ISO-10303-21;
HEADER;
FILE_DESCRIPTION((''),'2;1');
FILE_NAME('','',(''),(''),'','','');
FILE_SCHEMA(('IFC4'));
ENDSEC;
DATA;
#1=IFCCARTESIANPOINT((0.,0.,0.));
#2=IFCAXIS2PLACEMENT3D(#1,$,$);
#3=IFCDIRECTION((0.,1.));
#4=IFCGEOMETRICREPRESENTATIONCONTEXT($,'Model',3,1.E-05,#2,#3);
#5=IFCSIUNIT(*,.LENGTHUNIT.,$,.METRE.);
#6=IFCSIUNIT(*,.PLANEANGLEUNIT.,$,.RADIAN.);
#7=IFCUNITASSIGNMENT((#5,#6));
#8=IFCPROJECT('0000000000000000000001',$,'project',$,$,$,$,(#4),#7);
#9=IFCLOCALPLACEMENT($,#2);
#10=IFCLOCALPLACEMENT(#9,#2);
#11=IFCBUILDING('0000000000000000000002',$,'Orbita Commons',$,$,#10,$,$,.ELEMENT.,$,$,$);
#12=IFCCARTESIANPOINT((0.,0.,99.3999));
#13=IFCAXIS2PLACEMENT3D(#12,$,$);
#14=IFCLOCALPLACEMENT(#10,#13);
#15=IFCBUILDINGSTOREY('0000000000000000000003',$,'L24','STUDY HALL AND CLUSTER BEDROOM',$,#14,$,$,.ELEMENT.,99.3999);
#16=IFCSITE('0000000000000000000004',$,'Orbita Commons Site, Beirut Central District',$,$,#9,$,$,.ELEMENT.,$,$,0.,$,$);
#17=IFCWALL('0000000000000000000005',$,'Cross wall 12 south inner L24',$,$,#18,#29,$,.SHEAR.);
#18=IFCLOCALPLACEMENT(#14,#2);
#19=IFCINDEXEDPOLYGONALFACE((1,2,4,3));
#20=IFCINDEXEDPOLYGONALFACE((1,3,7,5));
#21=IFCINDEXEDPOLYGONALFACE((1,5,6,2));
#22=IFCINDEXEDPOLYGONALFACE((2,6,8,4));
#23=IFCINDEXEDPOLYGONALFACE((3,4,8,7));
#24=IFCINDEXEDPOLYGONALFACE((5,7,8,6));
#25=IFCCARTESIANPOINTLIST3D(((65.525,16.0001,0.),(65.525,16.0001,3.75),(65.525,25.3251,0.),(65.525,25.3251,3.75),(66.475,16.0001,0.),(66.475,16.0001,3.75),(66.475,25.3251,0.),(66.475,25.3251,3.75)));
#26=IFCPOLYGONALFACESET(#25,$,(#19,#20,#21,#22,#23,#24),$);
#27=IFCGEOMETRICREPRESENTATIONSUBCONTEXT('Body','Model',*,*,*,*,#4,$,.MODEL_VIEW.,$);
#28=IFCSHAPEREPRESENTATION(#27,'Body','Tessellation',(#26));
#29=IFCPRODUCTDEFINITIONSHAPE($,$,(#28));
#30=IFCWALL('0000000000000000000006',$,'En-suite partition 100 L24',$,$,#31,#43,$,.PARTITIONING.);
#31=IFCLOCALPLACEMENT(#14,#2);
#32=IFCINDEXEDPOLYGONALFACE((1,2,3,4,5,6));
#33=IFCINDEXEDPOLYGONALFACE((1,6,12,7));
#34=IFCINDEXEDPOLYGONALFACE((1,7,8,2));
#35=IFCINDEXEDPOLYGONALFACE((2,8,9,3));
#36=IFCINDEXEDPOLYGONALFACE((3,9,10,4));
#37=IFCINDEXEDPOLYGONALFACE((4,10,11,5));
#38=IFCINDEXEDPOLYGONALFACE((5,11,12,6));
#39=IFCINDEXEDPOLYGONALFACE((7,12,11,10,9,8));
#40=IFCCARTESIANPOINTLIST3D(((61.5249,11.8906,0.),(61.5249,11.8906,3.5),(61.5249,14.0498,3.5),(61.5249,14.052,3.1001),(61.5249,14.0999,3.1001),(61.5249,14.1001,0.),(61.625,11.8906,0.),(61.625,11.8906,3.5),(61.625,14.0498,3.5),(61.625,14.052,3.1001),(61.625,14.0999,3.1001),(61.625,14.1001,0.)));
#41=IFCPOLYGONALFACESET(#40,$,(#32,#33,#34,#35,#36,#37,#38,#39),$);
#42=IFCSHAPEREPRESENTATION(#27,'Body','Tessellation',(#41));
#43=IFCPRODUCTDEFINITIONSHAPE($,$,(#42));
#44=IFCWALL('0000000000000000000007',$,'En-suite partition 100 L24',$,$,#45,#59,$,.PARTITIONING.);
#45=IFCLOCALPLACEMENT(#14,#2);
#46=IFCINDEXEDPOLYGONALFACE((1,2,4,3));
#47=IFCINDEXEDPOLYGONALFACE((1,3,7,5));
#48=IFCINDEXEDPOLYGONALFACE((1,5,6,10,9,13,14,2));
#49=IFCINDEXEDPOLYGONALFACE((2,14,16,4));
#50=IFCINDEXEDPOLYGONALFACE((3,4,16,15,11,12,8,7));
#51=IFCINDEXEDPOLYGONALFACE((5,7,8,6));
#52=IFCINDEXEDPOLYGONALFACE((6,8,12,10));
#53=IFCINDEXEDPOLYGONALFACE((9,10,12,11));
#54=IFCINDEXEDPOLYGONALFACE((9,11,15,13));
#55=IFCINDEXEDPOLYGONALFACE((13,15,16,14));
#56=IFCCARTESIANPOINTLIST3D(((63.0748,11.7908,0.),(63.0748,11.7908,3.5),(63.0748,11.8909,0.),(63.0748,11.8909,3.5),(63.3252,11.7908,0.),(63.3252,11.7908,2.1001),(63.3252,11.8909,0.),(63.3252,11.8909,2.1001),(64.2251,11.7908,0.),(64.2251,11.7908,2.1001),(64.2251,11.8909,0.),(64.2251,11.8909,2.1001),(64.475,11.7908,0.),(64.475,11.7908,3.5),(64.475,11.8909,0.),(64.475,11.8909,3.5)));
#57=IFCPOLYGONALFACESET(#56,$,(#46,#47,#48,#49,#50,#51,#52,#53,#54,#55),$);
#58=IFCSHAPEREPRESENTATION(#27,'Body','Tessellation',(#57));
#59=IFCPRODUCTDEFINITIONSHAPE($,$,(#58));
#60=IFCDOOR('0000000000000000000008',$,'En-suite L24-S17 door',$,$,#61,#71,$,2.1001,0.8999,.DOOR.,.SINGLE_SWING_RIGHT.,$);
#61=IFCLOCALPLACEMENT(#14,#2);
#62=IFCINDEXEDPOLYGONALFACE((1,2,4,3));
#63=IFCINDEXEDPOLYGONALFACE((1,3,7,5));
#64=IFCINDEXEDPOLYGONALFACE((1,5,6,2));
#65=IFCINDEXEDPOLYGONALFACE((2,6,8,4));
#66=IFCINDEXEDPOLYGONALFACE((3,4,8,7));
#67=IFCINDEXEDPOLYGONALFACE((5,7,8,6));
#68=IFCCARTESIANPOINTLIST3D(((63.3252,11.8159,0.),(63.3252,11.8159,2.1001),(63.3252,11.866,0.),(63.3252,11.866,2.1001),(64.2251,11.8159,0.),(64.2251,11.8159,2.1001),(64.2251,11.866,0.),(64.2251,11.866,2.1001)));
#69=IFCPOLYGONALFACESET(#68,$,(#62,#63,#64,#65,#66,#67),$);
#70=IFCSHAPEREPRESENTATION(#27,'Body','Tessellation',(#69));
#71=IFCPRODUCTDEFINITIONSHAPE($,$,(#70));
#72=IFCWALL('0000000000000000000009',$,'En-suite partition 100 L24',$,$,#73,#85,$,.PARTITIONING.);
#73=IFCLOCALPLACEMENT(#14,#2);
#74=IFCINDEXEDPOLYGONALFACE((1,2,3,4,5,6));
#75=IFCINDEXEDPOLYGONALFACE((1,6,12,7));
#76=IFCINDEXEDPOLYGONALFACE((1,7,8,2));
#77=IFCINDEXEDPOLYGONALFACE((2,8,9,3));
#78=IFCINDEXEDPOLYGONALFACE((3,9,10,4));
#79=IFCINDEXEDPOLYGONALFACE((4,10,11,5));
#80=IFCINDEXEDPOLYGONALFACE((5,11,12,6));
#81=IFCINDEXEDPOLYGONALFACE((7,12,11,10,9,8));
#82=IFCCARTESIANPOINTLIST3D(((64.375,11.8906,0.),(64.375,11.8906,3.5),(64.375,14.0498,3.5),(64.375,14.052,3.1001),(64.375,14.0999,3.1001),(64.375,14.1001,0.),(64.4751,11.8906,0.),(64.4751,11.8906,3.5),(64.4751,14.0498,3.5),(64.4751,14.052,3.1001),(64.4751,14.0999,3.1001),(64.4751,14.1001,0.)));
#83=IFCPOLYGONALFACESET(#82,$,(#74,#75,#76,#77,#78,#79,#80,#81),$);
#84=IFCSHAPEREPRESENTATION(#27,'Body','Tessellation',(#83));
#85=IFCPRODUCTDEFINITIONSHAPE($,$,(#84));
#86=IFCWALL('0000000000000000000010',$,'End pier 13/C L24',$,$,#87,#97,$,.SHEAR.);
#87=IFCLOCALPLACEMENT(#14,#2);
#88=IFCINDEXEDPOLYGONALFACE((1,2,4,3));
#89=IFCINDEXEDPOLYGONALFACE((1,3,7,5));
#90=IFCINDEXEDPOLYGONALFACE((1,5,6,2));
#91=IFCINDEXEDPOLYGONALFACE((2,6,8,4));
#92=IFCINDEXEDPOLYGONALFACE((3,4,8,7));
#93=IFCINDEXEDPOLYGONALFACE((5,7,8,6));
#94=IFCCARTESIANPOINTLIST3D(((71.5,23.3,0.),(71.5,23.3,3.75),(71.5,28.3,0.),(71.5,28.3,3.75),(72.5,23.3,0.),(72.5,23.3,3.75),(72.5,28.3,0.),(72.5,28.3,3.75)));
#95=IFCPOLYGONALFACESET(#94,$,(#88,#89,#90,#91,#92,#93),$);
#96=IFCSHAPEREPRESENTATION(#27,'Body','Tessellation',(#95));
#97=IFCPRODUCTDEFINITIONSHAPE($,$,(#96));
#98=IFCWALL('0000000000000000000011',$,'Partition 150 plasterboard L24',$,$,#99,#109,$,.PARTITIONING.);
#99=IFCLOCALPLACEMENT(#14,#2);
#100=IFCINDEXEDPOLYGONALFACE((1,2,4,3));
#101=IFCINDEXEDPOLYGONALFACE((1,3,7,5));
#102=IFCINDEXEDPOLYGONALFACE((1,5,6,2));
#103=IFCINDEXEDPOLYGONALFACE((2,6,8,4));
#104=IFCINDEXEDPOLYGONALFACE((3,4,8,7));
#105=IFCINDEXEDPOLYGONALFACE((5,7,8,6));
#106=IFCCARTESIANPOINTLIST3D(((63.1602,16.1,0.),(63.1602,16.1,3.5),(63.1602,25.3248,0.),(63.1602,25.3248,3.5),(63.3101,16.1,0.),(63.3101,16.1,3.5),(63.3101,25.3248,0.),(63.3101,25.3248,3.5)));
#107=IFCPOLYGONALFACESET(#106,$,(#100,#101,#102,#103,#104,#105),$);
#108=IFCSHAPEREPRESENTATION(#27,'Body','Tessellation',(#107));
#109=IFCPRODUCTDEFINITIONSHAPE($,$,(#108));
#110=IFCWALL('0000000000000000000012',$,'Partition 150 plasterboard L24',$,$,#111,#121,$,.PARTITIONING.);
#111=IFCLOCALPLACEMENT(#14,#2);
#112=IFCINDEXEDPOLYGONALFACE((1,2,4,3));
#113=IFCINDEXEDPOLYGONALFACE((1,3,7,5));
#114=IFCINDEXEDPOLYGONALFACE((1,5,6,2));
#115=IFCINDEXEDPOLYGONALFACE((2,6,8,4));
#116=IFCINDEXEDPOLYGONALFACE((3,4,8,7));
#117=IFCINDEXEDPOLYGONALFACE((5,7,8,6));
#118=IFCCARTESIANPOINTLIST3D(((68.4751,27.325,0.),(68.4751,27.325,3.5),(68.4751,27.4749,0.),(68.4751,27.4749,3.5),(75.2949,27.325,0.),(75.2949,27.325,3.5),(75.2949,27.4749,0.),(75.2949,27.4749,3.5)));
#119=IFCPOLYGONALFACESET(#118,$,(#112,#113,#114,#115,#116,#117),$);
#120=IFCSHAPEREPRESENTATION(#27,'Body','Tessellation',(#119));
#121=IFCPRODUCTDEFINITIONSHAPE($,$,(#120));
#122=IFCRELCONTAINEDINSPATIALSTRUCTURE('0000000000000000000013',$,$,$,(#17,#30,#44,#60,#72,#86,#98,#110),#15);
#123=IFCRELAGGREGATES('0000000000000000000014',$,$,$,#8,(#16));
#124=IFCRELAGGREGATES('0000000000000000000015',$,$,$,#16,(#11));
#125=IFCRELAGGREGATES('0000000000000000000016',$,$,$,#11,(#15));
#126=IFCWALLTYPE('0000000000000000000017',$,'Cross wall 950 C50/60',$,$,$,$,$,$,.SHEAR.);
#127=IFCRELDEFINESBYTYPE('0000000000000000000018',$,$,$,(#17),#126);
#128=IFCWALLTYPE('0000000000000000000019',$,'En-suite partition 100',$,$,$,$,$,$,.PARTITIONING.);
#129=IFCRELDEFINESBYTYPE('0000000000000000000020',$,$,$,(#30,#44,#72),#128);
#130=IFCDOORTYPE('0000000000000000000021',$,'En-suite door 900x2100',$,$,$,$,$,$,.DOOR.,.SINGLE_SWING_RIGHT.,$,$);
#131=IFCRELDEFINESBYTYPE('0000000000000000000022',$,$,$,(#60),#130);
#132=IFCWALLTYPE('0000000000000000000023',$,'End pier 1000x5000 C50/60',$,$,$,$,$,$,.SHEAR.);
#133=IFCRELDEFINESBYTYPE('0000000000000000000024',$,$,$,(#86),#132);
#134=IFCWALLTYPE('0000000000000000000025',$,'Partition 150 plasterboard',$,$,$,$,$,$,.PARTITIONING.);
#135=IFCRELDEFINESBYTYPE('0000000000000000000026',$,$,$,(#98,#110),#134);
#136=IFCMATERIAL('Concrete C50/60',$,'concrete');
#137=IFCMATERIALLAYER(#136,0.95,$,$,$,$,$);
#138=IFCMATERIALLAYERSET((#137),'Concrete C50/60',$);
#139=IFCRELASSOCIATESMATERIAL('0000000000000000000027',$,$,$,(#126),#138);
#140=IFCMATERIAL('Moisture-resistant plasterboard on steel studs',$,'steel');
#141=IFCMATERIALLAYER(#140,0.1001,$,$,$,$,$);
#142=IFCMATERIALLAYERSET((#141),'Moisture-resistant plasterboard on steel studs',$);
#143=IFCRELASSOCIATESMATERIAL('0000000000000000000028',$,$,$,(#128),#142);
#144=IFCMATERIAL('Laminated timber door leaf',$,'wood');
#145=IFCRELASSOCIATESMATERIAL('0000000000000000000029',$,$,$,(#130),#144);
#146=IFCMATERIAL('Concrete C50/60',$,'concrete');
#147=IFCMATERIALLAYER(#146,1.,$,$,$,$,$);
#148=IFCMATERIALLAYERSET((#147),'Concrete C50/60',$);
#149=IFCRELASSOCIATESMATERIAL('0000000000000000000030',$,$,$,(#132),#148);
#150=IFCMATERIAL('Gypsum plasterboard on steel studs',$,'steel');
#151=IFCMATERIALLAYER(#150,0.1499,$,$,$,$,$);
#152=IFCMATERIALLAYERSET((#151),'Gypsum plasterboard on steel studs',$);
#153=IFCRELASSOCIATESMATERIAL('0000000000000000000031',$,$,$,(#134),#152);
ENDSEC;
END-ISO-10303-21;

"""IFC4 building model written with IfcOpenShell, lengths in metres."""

from ifc_helpers import new_model, si_unit, direction, frame, frame_2d, origin, place, context, subcontext, project, spatial, polyline, rectangle, outline, extrude, material, layer, layer_set, type_object, element, fill, save


model = new_model("IFC4")

# Units and contexts
model_context = context("Model", 3, precision=1e-05, world=origin(), true_north=direction((0.0, 1.0)))
body_context = subcontext(model_context, "Body", "Model", "MODEL_VIEW")
ifc_project = project(units=[si_unit("LENGTHUNIT", "METRE"), si_unit("PLANEANGLEUNIT", "RADIAN")], contexts=[model_context])

# Site, building, storey
site_placement = place(None, origin())
site = spatial("IfcSite", under=ifc_project, at=site_placement, Name="Orbita Commons Site, Beirut Central District", CompositionType="ELEMENT", RefElevation=0.0)
building_placement = place(site_placement, origin())
building = spatial("IfcBuilding", under=site, at=building_placement, Name="Orbita Commons", CompositionType="ELEMENT")
storey_placement = place(building_placement, frame((0.0, 0.0, 99.3999)))
storey = spatial("IfcBuildingStorey", under=building, at=storey_placement, Name="L24", Description="STUDY HALL AND CLUSTER BEDROOM", CompositionType="ELEMENT", Elevation=99.3999)

# Walls
ifc_material_1 = material(Name="Concrete C50/60", Category="concrete")
ifc_layer_1 = layer(ifc_material_1, 0.95)
ifc_layer_set_1 = layer_set([ifc_layer_1], Name="Concrete C50/60")
wall_type_1 = type_object("IfcWallType", Name="Cross wall 950 C50/60", PredefinedType="SHEAR", material=ifc_layer_set_1)
wall_1_placement = place(storey_placement, frame((66.0, 16.0, 0.0), z_axis=(0.0, 0.0, 1.0), x_axis=(0.0, 1.0, 0.0)))
element("IfcWall", 1, at=wall_1_placement, inside=storey, type_object=wall_type_1, Name="Cross wall 12 south inner L24", PredefinedType="SHEAR", context=body_context, shape_type="SweptSolid", body=[
    extrude(rectangle(XDim=9.325, YDim=0.95, at=frame_2d((4.6626, 0.0))), origin(), (0.0, 0.0, 1.0), 3.75),
])
ifc_material_2 = material(Name="Moisture-resistant plasterboard on steel studs", Category="steel")
ifc_layer_2 = layer(ifc_material_2, 0.1001)
ifc_layer_set_2 = layer_set([ifc_layer_2], Name="Moisture-resistant plasterboard on steel studs")
wall_type_2 = type_object("IfcWallType", Name="En-suite partition 100", PredefinedType="PARTITIONING", material=ifc_layer_set_2)
wall_2_placement = place(storey_placement, frame((61.575, 11.8906, 0.0), z_axis=(0.0, 0.0, 1.0), x_axis=(0.0, 1.0, 0.0)))
element("IfcWall", 2, at=wall_2_placement, inside=storey, type_object=wall_type_2, Name="En-suite partition 100 L24", PredefinedType="PARTITIONING", context=body_context, shape_type="SweptSolid", body=[
    extrude(outline(polyline([(0.0, 0.0), (2.2095, 0.0), (2.2092, 3.1001), (2.1614, 3.1001), (2.1592, 3.5), (0.0, 3.5), (0.0, 0.0)])), frame((0.0, 0.05, 0.0), z_axis=(0.0, -1.0, 0.0), x_axis=(1.0, 0.0, 0.0)), (0.0, 0.0, 1.0), 0.1001),
])

# Wall, opening, door
wall_3_placement = place(storey_placement, frame((64.4751, 11.8408, 0.0), z_axis=(0.0, 0.0, 1.0), x_axis=(-1.0, 0.0, 0.0)))
wall_3 = element("IfcWall", 3, at=wall_3_placement, inside=storey, type_object=wall_type_2, Name="En-suite partition 100 L24", PredefinedType="PARTITIONING", context=body_context, shape_type="SweptSolid", body=[
    extrude(rectangle(XDim=1.4001, YDim=0.1001, at=frame_2d((0.7002, 0.0))), origin(), (0.0, 0.0, 1.0), 3.5),
])
opening_1_placement = place(wall_3_placement, frame((0.25, 0.0, 0.0)))
opening_1 = element("IfcOpeningElement", 4, at=opening_1_placement, cuts=wall_3, PredefinedType="OPENING", context=body_context, shape_type="SweptSolid", body=[
    extrude(rectangle(XDim=0.8999, YDim=2.1001, at=frame_2d((0.45, 1.05))), frame((0.0, 0.0601, 0.0), z_axis=(0.0, -1.0, 0.0), x_axis=(1.0, 0.0, 0.0)), (0.0, 0.0, 1.0), 0.1201),
])
ifc_material_3 = material(Name="Laminated timber door leaf", Category="wood")
door_type_1 = type_object("IfcDoorType", Name="En-suite door 900x2100", OperationType="SINGLE_SWING_RIGHT", PredefinedType="DOOR", material=ifc_material_3)
door_1_placement = place(opening_1_placement, origin())
door_1 = element("IfcDoor", 5, at=door_1_placement, inside=storey, type_object=door_type_1, Name="En-suite L24-S17 door", OperationType="SINGLE_SWING_RIGHT", OverallHeight=2.1001, OverallWidth=0.8999, PredefinedType="DOOR", context=body_context, shape_type="SweptSolid", body=[
    extrude(rectangle(XDim=0.8999, YDim=2.1001, at=frame_2d((0.45, 1.05))), frame((0.0, 0.0249, 0.0), z_axis=(0.0, -1.0, 0.0), x_axis=(1.0, 0.0, 0.0)), (0.0, 0.0, 1.0), 0.05),
])
fill(opening_1, door_1)

# Walls
wall_4_placement = place(storey_placement, frame((64.425, 11.8906, 0.0), z_axis=(0.0, 0.0, 1.0), x_axis=(0.0, 1.0, 0.0)))
element("IfcWall", 6, at=wall_4_placement, inside=storey, type_object=wall_type_2, Name="En-suite partition 100 L24", PredefinedType="PARTITIONING", context=body_context, shape_type="SweptSolid", body=[
    extrude(outline(polyline([(0.0, 0.0), (2.2095, 0.0), (2.2092, 3.1001), (2.1614, 3.1001), (2.1592, 3.5), (0.0, 3.5), (0.0, 0.0)])), frame((0.0, 0.05, 0.0), z_axis=(0.0, -1.0, 0.0), x_axis=(1.0, 0.0, 0.0)), (0.0, 0.0, 1.0), 0.1001),
])
ifc_material_4 = material(Name="Concrete C50/60", Category="concrete")
ifc_layer_3 = layer(ifc_material_4, 1.0)
ifc_layer_set_3 = layer_set([ifc_layer_3], Name="Concrete C50/60")
wall_type_3 = type_object("IfcWallType", Name="End pier 1000x5000 C50/60", PredefinedType="SHEAR", material=ifc_layer_set_3)
wall_5_placement = place(storey_placement, frame((72.0, 23.3, 0.0), z_axis=(0.0, 0.0, 1.0), x_axis=(0.0, 1.0, 0.0)))
element("IfcWall", 7, at=wall_5_placement, inside=storey, type_object=wall_type_3, Name="End pier 13/C L24", PredefinedType="SHEAR", context=body_context, shape_type="SweptSolid", body=[
    extrude(rectangle(XDim=5.0, YDim=1.0, at=frame_2d((2.5, 0.0))), origin(), (0.0, 0.0, 1.0), 3.75),
])
ifc_material_5 = material(Name="Gypsum plasterboard on steel studs", Category="steel")
ifc_layer_4 = layer(ifc_material_5, 0.1499)
ifc_layer_set_4 = layer_set([ifc_layer_4], Name="Gypsum plasterboard on steel studs")
wall_type_4 = type_object("IfcWallType", Name="Partition 150 plasterboard", PredefinedType="PARTITIONING", material=ifc_layer_set_4)
wall_6_placement = place(storey_placement, frame((63.2351, 16.1001, 0.0), z_axis=(0.0, 0.0, 1.0), x_axis=(0.0, 1.0, 0.0)))
element("IfcWall", 8, at=wall_6_placement, inside=storey, type_object=wall_type_4, Name="Partition 150 plasterboard L24", PredefinedType="PARTITIONING", context=body_context, shape_type="SweptSolid", body=[
    extrude(rectangle(XDim=9.2249, YDim=0.1499, at=frame_2d((4.6123, 0.0))), origin(), (0.0, 0.0, 1.0), 3.5),
])
wall_7_placement = place(storey_placement, frame((68.4751, 27.3999, 0.0), z_axis=(0.0, 0.0, 1.0), x_axis=(1.0, 0.0, 0.0)))
element("IfcWall", 9, at=wall_7_placement, inside=storey, type_object=wall_type_4, Name="Partition 150 plasterboard L24", PredefinedType="PARTITIONING", context=body_context, shape_type="SweptSolid", body=[
    extrude(rectangle(XDim=6.8198, YDim=0.1499, at=frame_2d((3.4099, 0.0))), origin(), (0.0, 0.0, 1.0), 3.5),
])

save(model, "model.ifc")
